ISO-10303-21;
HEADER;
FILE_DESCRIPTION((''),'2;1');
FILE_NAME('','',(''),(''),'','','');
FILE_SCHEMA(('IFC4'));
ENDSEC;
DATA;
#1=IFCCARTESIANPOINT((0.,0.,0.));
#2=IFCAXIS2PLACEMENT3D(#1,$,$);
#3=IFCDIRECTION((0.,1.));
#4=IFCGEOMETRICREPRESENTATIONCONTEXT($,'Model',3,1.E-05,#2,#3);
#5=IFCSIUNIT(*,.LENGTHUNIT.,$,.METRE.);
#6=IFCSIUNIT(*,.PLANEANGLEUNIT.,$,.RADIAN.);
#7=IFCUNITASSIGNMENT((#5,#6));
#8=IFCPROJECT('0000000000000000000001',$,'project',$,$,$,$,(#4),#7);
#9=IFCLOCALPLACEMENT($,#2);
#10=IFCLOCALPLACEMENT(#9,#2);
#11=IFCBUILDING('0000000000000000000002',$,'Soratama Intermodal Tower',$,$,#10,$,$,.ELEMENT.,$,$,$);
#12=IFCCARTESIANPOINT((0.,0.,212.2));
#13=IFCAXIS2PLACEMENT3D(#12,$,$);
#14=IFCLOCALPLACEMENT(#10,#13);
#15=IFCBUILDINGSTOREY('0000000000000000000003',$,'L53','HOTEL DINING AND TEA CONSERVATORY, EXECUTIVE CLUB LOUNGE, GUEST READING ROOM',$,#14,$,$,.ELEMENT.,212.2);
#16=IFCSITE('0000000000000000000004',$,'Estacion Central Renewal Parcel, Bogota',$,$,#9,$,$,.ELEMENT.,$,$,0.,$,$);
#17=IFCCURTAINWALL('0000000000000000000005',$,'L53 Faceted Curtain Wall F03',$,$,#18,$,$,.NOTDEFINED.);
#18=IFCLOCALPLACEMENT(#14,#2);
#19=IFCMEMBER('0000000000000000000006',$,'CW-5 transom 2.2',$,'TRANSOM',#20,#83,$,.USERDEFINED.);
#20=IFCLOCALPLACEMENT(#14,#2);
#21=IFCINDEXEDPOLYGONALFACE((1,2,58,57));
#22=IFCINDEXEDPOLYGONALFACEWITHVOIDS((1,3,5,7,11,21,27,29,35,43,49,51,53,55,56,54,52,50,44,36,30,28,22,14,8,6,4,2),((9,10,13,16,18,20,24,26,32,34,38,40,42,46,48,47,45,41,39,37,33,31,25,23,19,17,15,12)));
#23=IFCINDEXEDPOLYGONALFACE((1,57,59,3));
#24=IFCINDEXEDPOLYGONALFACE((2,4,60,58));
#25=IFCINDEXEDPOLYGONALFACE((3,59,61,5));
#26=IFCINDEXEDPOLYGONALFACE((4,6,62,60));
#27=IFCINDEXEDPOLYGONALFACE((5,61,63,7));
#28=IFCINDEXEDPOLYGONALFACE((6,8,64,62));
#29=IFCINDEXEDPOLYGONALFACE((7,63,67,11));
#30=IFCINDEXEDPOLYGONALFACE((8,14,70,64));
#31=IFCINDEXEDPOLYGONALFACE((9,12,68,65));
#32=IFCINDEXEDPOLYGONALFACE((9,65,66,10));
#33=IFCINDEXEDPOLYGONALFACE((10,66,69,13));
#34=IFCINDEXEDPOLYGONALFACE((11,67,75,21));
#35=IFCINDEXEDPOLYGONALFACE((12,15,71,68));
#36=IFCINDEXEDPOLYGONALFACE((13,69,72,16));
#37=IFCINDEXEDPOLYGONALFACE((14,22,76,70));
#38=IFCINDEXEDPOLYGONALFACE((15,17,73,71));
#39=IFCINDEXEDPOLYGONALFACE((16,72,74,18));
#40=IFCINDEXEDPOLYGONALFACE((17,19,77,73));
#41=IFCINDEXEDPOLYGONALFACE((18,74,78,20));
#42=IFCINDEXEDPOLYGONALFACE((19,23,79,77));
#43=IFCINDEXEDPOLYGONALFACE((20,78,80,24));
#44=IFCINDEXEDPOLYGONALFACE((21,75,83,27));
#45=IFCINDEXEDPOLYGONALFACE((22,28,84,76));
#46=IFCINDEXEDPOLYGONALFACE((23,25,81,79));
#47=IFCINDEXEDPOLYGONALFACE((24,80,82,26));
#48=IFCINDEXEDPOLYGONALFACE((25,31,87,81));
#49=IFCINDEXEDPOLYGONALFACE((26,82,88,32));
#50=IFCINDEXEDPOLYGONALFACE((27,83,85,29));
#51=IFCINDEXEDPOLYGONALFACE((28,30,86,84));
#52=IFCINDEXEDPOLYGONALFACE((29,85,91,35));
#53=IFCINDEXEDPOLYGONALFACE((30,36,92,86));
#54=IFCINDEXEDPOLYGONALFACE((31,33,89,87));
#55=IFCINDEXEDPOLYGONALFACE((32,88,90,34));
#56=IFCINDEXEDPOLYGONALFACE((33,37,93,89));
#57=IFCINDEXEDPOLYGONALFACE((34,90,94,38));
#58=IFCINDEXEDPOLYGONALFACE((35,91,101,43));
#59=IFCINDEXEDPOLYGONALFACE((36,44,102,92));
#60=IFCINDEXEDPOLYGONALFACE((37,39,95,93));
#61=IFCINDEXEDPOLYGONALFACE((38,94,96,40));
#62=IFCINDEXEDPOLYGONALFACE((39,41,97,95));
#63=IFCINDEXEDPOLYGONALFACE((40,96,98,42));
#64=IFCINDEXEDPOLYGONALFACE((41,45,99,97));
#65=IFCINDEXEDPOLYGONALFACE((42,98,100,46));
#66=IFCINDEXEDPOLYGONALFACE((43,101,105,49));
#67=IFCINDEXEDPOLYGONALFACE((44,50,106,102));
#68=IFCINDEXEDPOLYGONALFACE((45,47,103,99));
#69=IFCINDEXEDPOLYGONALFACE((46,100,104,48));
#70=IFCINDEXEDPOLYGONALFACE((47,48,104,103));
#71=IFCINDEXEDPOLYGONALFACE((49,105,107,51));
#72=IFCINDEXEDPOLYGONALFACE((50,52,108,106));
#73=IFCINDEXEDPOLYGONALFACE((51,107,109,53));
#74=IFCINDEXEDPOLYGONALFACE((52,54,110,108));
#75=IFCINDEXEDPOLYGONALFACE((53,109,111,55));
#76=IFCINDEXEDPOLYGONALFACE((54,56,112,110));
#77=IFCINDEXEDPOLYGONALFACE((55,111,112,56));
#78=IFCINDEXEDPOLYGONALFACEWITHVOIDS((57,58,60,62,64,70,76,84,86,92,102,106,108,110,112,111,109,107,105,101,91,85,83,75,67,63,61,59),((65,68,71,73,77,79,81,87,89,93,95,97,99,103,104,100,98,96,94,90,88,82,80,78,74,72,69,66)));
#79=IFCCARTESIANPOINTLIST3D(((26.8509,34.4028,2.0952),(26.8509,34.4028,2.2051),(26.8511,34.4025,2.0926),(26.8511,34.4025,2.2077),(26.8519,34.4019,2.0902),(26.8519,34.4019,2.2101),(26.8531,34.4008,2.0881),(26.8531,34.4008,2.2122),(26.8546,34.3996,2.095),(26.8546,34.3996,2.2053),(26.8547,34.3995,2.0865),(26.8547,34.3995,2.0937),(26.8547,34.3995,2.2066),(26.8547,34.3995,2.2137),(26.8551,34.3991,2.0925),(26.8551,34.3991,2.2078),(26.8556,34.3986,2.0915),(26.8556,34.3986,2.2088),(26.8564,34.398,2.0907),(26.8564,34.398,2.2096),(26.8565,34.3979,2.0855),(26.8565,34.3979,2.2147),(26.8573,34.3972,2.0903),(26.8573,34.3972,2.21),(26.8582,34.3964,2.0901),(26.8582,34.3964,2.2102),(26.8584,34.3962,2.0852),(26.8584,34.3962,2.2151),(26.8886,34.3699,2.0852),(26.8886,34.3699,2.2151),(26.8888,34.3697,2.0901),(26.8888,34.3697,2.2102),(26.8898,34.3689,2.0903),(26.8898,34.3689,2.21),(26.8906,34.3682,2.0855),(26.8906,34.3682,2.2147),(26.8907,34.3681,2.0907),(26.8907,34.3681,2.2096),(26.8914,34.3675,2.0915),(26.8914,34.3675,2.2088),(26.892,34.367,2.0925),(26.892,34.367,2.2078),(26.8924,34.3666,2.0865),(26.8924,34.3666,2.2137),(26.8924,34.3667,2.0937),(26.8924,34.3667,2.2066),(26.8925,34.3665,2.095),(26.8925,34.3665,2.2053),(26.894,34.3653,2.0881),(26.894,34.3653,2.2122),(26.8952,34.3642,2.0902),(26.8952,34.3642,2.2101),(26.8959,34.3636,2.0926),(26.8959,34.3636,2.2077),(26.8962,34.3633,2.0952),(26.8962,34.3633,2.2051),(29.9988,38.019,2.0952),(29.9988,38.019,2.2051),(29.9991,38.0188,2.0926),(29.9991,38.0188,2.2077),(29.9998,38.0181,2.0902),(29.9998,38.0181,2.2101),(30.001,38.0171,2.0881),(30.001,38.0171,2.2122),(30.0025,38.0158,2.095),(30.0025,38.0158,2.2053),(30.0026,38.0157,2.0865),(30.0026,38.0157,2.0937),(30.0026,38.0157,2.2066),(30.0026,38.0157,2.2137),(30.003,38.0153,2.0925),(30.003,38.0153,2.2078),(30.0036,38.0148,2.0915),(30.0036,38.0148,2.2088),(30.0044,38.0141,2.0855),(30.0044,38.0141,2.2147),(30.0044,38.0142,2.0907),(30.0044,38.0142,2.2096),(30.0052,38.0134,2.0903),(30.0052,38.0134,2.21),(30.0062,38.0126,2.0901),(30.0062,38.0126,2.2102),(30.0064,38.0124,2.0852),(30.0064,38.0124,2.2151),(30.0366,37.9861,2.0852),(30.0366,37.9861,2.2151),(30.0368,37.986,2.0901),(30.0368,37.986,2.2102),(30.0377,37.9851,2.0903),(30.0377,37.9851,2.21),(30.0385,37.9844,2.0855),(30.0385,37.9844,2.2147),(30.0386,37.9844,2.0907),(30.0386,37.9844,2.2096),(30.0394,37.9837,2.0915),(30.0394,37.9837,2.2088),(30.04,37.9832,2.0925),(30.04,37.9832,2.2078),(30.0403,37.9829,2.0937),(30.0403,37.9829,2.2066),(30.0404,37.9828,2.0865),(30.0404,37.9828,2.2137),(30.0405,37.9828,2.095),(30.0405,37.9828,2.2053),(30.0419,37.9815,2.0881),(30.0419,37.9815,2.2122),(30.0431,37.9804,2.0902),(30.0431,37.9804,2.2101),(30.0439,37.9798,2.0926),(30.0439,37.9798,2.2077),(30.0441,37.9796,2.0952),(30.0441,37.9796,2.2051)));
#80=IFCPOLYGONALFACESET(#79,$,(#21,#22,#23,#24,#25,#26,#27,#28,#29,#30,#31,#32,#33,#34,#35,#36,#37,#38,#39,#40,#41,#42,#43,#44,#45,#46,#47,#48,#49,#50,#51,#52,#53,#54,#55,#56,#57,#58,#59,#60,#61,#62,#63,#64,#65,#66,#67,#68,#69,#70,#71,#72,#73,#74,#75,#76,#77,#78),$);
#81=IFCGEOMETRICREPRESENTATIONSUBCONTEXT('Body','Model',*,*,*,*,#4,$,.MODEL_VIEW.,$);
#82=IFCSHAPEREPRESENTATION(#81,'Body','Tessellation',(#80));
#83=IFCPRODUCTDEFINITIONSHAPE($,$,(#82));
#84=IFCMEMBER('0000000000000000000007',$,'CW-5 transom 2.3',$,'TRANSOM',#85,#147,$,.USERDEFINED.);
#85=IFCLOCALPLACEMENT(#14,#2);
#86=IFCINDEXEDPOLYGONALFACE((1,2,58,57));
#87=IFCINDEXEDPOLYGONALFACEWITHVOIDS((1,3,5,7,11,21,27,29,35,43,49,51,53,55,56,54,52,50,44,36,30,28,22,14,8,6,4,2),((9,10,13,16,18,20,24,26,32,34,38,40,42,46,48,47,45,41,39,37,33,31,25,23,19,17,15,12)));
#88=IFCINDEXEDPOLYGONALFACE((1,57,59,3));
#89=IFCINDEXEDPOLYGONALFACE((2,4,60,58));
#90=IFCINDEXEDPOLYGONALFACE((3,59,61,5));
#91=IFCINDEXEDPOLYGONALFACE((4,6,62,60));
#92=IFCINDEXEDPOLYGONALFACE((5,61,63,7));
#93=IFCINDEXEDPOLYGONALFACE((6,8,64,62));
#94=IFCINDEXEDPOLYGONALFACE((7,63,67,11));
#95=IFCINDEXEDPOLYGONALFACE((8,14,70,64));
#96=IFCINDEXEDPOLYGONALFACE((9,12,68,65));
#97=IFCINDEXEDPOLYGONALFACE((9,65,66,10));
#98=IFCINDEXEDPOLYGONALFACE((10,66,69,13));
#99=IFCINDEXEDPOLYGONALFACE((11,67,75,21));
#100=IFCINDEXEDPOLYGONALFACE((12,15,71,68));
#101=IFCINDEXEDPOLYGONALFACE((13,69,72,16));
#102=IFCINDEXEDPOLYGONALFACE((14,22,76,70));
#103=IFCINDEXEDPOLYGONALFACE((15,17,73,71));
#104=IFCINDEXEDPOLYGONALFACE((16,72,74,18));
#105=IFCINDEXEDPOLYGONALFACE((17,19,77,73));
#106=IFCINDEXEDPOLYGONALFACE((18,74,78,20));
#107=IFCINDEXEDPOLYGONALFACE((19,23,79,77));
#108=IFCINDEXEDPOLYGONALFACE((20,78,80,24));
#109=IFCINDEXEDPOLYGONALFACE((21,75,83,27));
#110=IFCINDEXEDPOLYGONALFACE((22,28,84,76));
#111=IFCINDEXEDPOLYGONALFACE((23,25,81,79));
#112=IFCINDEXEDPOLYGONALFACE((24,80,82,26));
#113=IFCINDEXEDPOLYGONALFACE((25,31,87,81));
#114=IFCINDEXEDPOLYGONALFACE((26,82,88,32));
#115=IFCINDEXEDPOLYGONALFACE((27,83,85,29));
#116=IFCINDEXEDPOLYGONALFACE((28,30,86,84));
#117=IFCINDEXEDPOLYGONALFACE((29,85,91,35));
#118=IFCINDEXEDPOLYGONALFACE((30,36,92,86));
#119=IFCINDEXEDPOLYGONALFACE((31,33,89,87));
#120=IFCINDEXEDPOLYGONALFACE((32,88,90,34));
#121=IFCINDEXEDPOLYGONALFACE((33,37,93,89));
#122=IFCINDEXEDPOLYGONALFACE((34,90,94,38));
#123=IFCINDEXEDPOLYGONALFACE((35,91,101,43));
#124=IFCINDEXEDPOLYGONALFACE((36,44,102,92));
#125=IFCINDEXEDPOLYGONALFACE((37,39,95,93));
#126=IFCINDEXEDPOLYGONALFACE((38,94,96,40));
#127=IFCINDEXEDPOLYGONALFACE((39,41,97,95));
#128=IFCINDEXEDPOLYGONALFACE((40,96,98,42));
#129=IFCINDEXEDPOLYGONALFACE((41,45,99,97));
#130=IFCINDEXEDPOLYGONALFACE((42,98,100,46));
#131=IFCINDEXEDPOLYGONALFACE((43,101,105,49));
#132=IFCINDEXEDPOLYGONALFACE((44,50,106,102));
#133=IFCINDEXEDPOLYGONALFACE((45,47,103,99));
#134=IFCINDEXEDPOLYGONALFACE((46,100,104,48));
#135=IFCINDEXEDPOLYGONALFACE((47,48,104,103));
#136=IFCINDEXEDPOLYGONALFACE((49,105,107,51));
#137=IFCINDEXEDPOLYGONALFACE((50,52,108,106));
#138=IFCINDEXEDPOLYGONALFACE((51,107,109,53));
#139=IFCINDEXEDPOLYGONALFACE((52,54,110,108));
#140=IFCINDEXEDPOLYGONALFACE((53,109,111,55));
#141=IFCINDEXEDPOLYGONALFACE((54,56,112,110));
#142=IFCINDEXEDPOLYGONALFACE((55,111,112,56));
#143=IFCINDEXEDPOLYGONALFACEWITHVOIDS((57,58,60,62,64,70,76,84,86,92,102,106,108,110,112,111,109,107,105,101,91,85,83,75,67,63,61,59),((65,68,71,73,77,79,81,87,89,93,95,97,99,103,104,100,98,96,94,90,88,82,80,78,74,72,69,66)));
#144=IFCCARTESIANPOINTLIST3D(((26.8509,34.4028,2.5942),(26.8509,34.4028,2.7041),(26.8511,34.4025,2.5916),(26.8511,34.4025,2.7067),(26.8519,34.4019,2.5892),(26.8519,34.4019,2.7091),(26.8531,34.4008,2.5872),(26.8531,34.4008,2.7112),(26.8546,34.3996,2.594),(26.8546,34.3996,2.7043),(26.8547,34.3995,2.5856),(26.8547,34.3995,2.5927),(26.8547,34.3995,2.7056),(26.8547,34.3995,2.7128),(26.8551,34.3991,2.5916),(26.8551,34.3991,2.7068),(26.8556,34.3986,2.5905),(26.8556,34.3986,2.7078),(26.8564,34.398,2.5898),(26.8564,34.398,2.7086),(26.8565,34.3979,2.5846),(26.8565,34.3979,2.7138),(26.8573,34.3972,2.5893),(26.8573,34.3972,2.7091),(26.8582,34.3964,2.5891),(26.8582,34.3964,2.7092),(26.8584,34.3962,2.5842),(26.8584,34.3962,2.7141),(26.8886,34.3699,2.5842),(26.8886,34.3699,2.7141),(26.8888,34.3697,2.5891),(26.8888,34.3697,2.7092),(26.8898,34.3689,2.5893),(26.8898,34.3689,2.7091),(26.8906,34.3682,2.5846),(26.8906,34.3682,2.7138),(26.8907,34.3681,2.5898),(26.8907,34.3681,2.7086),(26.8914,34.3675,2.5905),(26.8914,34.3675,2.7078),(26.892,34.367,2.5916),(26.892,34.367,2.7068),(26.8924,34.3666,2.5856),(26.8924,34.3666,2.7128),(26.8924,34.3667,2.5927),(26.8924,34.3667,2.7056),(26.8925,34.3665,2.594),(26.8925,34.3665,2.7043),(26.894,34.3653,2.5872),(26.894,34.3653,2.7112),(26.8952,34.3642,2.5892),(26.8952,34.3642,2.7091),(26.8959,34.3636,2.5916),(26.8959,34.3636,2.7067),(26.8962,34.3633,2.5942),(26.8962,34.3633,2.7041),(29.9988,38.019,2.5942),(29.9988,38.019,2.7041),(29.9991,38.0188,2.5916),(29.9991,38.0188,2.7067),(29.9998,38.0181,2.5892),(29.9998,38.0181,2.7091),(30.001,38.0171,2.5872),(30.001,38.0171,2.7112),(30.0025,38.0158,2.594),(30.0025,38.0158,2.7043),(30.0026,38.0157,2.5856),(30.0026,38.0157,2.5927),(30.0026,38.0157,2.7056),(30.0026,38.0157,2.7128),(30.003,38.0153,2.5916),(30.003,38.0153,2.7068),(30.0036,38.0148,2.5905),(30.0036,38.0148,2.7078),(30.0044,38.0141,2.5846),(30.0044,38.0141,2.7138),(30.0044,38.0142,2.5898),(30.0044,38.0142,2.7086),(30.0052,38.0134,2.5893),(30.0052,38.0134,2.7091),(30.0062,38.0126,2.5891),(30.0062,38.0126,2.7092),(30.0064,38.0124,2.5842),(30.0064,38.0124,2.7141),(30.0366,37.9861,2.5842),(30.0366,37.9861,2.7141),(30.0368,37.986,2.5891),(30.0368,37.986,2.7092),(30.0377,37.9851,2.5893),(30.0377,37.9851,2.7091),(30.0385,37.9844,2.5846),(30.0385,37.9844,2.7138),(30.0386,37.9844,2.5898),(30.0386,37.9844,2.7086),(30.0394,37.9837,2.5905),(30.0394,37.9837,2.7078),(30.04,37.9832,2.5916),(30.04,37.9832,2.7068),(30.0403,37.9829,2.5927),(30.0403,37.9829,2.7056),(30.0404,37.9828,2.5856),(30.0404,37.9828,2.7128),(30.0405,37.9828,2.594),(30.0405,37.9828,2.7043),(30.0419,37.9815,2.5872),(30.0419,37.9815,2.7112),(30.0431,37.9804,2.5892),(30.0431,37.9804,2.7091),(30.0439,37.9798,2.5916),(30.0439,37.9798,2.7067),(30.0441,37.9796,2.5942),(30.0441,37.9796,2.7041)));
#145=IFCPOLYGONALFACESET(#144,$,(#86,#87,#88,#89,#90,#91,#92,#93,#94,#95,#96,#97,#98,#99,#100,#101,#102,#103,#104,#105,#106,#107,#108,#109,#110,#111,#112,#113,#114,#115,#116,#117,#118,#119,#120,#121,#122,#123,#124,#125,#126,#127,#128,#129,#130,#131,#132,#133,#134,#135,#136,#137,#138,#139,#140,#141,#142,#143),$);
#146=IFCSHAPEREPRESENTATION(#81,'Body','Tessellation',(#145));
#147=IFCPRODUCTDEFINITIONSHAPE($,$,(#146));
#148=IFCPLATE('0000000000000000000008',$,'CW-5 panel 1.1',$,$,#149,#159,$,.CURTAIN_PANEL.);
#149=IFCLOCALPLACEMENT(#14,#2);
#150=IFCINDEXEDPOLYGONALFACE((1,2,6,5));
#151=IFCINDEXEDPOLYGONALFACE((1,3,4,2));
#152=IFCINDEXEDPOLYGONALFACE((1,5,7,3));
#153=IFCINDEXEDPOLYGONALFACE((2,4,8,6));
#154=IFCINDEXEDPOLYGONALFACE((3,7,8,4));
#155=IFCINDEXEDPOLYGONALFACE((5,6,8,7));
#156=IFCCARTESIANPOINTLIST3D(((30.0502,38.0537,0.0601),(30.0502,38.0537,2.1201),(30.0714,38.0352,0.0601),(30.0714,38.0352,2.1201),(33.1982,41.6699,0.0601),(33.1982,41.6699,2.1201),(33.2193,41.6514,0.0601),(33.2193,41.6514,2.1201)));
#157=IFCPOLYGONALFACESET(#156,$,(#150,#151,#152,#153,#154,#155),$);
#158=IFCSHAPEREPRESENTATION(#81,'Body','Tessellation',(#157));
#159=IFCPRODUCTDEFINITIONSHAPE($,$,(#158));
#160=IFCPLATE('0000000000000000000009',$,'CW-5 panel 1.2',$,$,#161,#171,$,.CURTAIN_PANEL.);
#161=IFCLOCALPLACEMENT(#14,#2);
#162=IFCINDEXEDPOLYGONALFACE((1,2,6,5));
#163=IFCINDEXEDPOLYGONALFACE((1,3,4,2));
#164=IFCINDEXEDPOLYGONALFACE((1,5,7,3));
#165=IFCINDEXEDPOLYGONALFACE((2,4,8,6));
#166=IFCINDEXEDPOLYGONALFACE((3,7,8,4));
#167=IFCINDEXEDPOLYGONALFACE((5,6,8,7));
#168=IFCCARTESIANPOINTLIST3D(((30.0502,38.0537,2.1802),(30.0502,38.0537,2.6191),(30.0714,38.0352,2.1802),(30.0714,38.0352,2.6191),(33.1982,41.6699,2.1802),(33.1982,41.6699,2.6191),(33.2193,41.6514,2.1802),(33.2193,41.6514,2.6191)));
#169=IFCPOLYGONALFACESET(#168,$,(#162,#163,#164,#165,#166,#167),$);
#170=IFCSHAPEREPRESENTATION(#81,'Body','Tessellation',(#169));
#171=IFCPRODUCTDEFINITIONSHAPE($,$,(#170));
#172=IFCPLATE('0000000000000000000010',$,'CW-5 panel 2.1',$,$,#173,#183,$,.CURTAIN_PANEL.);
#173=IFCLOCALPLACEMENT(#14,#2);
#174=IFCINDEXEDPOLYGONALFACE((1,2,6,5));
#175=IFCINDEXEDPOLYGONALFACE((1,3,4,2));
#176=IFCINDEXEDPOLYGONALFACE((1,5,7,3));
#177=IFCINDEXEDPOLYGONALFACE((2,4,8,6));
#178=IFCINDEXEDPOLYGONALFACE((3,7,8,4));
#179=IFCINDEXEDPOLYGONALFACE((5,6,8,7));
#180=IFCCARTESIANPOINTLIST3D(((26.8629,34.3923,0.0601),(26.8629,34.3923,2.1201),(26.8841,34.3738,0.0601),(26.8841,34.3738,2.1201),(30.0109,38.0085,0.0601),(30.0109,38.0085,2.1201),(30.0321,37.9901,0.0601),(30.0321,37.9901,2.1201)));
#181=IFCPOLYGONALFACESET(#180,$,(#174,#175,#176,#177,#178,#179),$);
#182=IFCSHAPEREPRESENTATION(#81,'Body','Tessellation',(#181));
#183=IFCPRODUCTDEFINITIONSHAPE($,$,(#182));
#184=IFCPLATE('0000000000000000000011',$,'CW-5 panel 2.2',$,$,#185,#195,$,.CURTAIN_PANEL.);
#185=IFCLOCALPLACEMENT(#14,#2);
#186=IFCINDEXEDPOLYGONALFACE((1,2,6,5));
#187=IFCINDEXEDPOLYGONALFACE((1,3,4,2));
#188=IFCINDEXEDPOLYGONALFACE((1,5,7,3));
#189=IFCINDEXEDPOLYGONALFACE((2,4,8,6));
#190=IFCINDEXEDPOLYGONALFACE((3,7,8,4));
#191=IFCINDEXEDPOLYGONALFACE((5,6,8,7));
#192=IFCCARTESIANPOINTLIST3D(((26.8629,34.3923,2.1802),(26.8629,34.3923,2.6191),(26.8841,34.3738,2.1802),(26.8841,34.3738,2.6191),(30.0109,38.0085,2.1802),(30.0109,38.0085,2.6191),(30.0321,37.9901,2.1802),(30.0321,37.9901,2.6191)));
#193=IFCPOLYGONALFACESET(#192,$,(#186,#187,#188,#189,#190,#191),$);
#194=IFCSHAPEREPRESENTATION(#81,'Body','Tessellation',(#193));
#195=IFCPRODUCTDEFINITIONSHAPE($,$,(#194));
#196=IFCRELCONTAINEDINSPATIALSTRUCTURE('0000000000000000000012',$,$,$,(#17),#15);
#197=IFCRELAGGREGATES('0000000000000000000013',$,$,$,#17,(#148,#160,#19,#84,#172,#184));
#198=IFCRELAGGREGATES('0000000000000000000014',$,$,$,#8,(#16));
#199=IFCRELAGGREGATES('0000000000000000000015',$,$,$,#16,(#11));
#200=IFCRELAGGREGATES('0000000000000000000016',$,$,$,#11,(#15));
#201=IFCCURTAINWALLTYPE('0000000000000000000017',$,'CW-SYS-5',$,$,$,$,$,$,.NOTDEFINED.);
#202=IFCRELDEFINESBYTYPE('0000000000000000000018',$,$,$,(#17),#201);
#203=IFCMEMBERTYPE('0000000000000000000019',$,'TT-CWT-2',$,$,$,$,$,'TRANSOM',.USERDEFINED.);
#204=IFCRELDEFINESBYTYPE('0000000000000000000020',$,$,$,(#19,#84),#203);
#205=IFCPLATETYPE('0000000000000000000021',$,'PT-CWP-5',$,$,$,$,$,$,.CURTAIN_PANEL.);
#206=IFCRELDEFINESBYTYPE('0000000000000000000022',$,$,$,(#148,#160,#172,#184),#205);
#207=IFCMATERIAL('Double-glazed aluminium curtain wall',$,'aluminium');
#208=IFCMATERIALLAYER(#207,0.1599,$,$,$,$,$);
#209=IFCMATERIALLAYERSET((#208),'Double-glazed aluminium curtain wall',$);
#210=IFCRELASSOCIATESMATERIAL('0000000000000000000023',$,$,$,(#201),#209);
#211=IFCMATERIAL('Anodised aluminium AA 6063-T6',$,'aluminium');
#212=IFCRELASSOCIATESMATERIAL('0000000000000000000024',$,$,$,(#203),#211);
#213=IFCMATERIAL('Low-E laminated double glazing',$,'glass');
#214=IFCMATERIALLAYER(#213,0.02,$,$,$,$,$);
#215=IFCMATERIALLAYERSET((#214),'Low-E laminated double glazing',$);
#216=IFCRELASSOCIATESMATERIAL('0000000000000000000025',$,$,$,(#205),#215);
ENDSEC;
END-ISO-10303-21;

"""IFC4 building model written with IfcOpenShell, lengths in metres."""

from ifc_helpers import new_model, si_unit, direction, frame, origin, origin_2d, place, context, subcontext, project, spatial, rectangle, hollow_rectangle, extrude, material, layer, layer_set, material_profile, profile_set, type_object, element, aggregate, save


model = new_model("IFC4")

# Units and contexts
model_context = context("Model", 3, precision=1e-05, world=origin(), true_north=direction((0.0, 1.0)))
body_context = subcontext(model_context, "Body", "Model", "MODEL_VIEW")
ifc_project = project(units=[si_unit("LENGTHUNIT", "METRE"), si_unit("PLANEANGLEUNIT", "RADIAN")], contexts=[model_context])

# Site, building, storey
site_placement = place(None, origin())
site = spatial("IfcSite", under=ifc_project, at=site_placement, Name="Estacion Central Renewal Parcel, Bogota", CompositionType="ELEMENT", RefElevation=0.0)
building_placement = place(site_placement, origin())
building = spatial("IfcBuilding", under=site, at=building_placement, Name="Soratama Intermodal Tower", CompositionType="ELEMENT")
storey_placement = place(building_placement, frame((0.0, 0.0, 212.2)))
storey = spatial("IfcBuildingStorey", under=building, at=storey_placement, Name="L53", Description="HOTEL DINING AND TEA CONSERVATORY, EXECUTIVE CLUB LOUNGE, GUEST READING ROOM", CompositionType="ELEMENT", Elevation=212.2)

# Curtain wall, members, plates
ifc_material_1 = material(Name="Double-glazed aluminium curtain wall", Category="aluminium")
ifc_layer_1 = layer(ifc_material_1, 0.1599)
ifc_layer_set_1 = layer_set([ifc_layer_1], Name="Double-glazed aluminium curtain wall")
curtain_wall_type = type_object("IfcCurtainWallType", Name="CW-SYS-5", PredefinedType="NOTDEFINED", material=ifc_layer_set_1)
curtain_wall_placement = place(storey_placement, origin())
curtain_wall = element("IfcCurtainWall", 1, at=curtain_wall_placement, inside=storey, type_object=curtain_wall_type, Name="L53 Faceted Curtain Wall F03", PredefinedType="NOTDEFINED")
ifc_material_2 = material(Name="Anodised aluminium AA 6063-T6", Category="aluminium")
ifc_material_profile_1 = material_profile(ifc_material_2, hollow_rectangle(XDim=0.0601, YDim=0.1299, WallThickness=0.0049, InnerFilletRadius=0.0049, OuterFilletRadius=0.01, at=origin_2d()), Name="CWT130X60X5")
ifc_profile_set_1 = profile_set([ifc_material_profile_1], Name="Anodised aluminium AA 6063-T6")
member_type_1 = type_object("IfcMemberType", Name="TT-CWT-2", ElementType="TRANSOM", PredefinedType="USERDEFINED", material=ifc_profile_set_1)
member_1_placement = place(storey_placement, frame((30.0215, 37.9993, 2.1501), z_axis=(-0.656585, -0.754252, 0.0), x_axis=(0.754252, -0.656585, 0.0)))
member_1 = element("IfcMember", 2, at=member_1_placement, type_object=member_type_1, Name="CW-5 transom 2.2", ObjectType="TRANSOM", PredefinedType="USERDEFINED", context=body_context, shape_type="SweptSolid", body=[
    extrude(hollow_rectangle(XDim=0.0601, YDim=0.1299, WallThickness=0.0049, InnerFilletRadius=0.0049, OuterFilletRadius=0.01, at=origin_2d()), origin(), (0.0, 0.0, 1.0), 4.7944),
])
member_2_placement = place(storey_placement, frame((30.0215, 37.9993, 2.6492), z_axis=(-0.656585, -0.754252, 0.0), x_axis=(0.754252, -0.656585, 0.0)))
member_2 = element("IfcMember", 3, at=member_2_placement, type_object=member_type_1, Name="CW-5 transom 2.3", ObjectType="TRANSOM", PredefinedType="USERDEFINED", context=body_context, shape_type="SweptSolid", body=[
    extrude(hollow_rectangle(XDim=0.0601, YDim=0.1299, WallThickness=0.0049, InnerFilletRadius=0.0049, OuterFilletRadius=0.01, at=origin_2d()), origin(), (0.0, 0.0, 1.0), 4.7944),
])
ifc_material_3 = material(Name="Low-E laminated double glazing", Category="glass")
ifc_layer_2 = layer(ifc_material_3, 0.02)
ifc_layer_set_2 = layer_set([ifc_layer_2], Name="Low-E laminated double glazing")
plate_type = type_object("IfcPlateType", Name="PT-CWP-5", PredefinedType="CURTAIN_PANEL", material=ifc_layer_set_2)
plate_1_placement = place(storey_placement, frame((31.6348, 39.8525, 0.0601), z_axis=(0.0, 0.0, 1.0), x_axis=(-0.656585, -0.754252, 0.0)))
plate_1 = element("IfcPlate", 4, at=plate_1_placement, type_object=plate_type, Name="CW-5 panel 1.1", PredefinedType="CURTAIN_PANEL", context=body_context, shape_type="SweptSolid", body=[
    extrude(rectangle(XDim=4.7944, YDim=0.0281, at=origin_2d()), origin(), (0.0, 0.0, 1.0), 2.0601),
])
plate_2_placement = place(storey_placement, frame((31.6348, 39.8525, 2.1802), z_axis=(0.0, 0.0, 1.0), x_axis=(-0.656585, -0.754252, 0.0)))
plate_2 = element("IfcPlate", 5, at=plate_2_placement, type_object=plate_type, Name="CW-5 panel 1.2", PredefinedType="CURTAIN_PANEL", context=body_context, shape_type="SweptSolid", body=[
    extrude(rectangle(XDim=4.7944, YDim=0.0281, at=origin_2d()), origin(), (0.0, 0.0, 1.0), 0.439),
])
plate_3_placement = place(storey_placement, frame((28.4475, 36.1912, 0.0601), z_axis=(0.0, 0.0, 1.0), x_axis=(-0.656585, -0.754252, 0.0)))
plate_3 = element("IfcPlate", 6, at=plate_3_placement, type_object=plate_type, Name="CW-5 panel 2.1", PredefinedType="CURTAIN_PANEL", context=body_context, shape_type="SweptSolid", body=[
    extrude(rectangle(XDim=4.7944, YDim=0.0281, at=origin_2d()), origin(), (0.0, 0.0, 1.0), 2.0601),
])
plate_4_placement = place(storey_placement, frame((28.4475, 36.1912, 2.1802), z_axis=(0.0, 0.0, 1.0), x_axis=(-0.656585, -0.754252, 0.0)))
plate_4 = element("IfcPlate", 7, at=plate_4_placement, type_object=plate_type, Name="CW-5 panel 2.2", PredefinedType="CURTAIN_PANEL", context=body_context, shape_type="SweptSolid", body=[
    extrude(rectangle(XDim=4.7944, YDim=0.0281, at=origin_2d()), origin(), (0.0, 0.0, 1.0), 0.439),
])
aggregate(curtain_wall, [plate_1, plate_2, member_1, member_2, plate_3, plate_4])

save(model, "model.ifc")
